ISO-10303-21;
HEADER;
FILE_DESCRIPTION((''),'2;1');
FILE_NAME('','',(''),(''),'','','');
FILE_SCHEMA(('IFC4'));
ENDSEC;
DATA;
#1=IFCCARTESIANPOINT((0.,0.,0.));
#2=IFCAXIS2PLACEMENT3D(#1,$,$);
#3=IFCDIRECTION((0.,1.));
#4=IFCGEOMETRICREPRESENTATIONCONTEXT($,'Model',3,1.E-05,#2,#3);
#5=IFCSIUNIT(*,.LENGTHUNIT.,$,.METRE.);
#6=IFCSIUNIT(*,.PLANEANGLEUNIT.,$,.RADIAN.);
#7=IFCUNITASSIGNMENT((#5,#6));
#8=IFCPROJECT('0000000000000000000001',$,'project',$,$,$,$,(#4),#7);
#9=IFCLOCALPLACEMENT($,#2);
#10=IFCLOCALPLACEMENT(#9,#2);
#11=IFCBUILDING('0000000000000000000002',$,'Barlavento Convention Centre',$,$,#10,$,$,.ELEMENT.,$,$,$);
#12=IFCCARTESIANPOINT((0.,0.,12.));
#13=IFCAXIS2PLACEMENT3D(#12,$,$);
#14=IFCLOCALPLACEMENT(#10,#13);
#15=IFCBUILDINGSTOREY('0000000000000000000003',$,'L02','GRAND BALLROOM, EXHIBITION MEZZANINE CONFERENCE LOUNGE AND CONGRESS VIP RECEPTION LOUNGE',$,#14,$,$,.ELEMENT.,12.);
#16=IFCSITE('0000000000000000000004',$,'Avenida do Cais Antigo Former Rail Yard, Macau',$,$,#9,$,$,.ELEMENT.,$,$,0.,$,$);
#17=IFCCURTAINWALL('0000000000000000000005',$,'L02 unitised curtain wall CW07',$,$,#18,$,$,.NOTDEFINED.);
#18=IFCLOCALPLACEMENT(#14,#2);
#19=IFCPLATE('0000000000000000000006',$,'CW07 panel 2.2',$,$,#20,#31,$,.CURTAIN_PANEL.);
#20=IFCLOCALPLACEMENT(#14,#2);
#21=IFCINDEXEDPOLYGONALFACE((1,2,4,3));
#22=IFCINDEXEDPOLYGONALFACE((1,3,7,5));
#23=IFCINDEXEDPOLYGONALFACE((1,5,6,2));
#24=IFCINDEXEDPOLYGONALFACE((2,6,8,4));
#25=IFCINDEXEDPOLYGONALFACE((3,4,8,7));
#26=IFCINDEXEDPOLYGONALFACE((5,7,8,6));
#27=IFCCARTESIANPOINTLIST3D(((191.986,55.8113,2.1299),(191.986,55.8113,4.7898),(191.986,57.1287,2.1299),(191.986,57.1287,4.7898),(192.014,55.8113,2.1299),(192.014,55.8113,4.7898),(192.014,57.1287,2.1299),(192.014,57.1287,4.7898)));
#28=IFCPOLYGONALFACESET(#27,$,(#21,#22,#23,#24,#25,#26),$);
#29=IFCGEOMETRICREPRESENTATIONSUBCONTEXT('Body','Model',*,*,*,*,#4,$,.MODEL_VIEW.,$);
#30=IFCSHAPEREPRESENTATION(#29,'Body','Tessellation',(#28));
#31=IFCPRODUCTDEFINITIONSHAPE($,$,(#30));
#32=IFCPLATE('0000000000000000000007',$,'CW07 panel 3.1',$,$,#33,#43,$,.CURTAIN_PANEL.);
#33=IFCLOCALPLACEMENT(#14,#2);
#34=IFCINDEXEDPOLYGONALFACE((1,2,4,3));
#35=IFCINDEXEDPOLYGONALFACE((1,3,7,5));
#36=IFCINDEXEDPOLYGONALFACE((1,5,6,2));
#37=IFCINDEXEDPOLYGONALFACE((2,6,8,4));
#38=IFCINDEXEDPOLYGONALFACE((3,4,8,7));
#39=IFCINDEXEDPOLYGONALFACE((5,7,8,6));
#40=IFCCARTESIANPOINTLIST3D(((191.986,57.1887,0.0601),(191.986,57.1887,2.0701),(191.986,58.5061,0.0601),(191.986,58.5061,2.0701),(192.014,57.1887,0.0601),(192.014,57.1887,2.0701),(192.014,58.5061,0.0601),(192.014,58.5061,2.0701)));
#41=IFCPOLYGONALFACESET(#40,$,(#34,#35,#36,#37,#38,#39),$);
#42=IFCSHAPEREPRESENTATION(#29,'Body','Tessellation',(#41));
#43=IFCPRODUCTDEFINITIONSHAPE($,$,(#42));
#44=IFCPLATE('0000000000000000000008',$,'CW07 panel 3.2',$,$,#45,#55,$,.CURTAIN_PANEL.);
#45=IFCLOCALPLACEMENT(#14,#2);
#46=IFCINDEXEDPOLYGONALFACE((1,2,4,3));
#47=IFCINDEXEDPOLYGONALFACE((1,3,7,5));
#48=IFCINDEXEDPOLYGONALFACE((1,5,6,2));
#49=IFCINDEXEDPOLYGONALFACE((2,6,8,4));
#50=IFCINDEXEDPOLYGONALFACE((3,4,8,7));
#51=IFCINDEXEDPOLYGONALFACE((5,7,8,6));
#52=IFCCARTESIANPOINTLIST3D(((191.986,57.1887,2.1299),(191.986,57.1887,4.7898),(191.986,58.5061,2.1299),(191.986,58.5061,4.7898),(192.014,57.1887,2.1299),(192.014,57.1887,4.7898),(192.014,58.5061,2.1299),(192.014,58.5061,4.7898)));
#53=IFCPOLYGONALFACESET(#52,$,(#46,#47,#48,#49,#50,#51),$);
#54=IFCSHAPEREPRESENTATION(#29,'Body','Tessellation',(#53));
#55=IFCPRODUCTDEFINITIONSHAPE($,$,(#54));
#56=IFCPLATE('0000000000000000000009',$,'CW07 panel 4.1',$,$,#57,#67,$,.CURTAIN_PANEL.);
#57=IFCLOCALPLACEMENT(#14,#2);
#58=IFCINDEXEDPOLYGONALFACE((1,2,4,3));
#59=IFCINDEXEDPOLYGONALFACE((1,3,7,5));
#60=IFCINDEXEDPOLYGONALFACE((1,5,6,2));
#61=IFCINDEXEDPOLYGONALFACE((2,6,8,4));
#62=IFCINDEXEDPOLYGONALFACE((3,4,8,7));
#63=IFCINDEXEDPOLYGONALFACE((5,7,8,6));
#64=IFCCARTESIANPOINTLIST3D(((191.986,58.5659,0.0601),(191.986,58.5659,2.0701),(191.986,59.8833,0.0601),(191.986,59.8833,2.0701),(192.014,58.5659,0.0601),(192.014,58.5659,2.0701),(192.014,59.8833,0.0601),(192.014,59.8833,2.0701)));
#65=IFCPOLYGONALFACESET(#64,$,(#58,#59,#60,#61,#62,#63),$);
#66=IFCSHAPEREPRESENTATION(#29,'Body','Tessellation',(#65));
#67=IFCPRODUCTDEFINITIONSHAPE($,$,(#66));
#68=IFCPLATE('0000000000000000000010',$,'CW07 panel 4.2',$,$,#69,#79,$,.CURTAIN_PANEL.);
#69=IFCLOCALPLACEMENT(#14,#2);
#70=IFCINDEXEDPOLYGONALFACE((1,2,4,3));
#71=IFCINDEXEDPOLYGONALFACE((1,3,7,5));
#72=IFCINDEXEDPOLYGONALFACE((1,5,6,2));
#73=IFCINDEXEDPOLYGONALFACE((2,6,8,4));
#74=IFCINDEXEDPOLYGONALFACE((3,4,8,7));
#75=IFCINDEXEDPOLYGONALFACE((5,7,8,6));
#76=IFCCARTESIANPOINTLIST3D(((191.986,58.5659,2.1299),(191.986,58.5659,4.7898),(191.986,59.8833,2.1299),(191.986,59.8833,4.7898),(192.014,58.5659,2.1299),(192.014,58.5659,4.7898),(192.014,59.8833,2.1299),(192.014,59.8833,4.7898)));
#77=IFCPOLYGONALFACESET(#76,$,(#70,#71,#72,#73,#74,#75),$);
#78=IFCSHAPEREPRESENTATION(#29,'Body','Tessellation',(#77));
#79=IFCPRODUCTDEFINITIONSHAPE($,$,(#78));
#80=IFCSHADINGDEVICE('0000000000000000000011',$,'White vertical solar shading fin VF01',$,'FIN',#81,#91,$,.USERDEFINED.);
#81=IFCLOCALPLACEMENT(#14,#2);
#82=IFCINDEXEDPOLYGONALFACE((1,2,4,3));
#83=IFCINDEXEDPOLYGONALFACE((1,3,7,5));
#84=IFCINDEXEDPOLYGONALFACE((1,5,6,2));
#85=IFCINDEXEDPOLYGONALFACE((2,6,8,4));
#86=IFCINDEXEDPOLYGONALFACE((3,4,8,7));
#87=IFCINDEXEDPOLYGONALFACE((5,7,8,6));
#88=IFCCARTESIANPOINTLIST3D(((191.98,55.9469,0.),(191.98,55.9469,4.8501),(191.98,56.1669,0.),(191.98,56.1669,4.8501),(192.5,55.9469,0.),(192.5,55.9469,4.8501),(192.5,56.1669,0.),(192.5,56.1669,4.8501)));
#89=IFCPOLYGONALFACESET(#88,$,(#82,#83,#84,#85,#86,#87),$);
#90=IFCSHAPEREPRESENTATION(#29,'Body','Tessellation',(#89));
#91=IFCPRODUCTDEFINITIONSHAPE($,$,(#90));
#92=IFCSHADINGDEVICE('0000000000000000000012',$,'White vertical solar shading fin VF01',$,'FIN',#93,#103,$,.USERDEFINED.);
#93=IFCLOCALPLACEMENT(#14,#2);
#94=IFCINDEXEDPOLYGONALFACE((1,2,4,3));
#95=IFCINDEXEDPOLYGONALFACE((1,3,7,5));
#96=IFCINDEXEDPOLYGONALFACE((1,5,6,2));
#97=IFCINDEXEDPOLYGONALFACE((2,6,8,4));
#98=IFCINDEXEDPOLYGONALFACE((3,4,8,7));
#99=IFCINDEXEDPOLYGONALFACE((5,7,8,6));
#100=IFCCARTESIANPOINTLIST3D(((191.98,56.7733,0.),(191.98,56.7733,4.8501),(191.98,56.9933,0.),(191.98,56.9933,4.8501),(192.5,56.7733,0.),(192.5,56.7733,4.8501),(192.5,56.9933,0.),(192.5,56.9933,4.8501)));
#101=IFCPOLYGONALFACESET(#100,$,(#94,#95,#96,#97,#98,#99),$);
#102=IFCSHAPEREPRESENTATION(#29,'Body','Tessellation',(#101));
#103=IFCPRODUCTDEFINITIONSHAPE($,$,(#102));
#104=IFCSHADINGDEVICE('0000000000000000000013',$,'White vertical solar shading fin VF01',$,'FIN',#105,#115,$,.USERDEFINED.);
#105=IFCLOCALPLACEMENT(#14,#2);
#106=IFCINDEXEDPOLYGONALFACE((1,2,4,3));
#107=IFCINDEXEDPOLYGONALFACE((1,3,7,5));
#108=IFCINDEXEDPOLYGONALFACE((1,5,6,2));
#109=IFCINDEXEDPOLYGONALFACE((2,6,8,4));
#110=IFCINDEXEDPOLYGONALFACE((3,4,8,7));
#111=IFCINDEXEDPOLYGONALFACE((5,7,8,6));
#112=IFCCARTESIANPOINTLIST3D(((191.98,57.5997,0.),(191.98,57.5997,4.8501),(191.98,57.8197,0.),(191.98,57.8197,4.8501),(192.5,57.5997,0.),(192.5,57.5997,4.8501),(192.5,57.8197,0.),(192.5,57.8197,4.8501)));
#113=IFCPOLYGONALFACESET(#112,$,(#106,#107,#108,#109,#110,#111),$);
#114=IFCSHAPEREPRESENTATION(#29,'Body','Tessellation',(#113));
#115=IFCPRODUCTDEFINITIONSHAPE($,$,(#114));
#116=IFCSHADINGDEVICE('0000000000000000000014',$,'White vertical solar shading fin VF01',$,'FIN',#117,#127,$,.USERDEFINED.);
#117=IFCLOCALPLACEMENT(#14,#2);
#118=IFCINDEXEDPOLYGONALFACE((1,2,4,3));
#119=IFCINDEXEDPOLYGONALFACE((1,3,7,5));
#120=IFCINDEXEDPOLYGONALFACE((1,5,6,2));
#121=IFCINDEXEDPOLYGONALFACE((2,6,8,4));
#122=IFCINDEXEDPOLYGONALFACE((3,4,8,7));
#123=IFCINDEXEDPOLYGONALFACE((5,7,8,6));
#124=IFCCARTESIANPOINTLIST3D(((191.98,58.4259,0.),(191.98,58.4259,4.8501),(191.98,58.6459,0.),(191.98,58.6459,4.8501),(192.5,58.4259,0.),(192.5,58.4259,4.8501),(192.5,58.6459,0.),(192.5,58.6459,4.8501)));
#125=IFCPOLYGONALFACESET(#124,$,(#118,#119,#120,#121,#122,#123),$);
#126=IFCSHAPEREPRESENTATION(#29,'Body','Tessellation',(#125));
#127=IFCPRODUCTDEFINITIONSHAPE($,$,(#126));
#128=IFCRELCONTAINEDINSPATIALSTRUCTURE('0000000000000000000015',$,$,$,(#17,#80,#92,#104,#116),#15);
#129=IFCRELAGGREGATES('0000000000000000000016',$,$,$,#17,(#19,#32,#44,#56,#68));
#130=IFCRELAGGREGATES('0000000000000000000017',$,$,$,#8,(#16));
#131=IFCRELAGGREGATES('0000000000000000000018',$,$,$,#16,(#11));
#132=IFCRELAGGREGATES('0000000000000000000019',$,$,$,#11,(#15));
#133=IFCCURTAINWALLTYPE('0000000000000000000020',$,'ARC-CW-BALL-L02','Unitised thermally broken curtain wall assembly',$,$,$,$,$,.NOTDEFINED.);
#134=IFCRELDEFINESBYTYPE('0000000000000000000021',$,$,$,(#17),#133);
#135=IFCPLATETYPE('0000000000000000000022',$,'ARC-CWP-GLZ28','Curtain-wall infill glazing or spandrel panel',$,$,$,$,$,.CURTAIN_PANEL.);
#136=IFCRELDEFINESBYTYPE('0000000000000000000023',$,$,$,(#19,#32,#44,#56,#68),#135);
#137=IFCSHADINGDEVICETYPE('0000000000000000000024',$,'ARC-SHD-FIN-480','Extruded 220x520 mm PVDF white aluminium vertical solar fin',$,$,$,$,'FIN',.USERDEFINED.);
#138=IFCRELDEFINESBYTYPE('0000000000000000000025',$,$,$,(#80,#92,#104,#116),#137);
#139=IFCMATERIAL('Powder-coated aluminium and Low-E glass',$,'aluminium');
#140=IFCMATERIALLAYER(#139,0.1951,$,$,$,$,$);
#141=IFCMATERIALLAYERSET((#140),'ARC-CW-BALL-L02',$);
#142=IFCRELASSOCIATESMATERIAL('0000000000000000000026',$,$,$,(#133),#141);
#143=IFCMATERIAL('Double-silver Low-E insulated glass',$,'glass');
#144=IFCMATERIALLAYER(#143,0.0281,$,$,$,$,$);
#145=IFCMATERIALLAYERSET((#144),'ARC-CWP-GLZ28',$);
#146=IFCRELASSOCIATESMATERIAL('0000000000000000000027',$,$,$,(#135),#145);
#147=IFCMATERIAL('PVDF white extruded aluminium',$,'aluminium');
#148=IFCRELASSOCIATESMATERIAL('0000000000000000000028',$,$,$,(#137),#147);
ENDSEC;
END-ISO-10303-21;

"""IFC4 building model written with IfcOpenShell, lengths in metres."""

from ifc_helpers import new_model, si_unit, direction, frame, origin, origin_2d, place, context, subcontext, project, spatial, rectangle, extrude, material, layer, layer_set, type_object, element, aggregate, save


model = new_model("IFC4")

# Units and contexts
model_context = context("Model", 3, precision=1e-05, world=origin(), true_north=direction((0.0, 1.0)))
body_context = subcontext(model_context, "Body", "Model", "MODEL_VIEW")
ifc_project = project(units=[si_unit("LENGTHUNIT", "METRE"), si_unit("PLANEANGLEUNIT", "RADIAN")], contexts=[model_context])

# Site, building, storey
site_placement = place(None, origin())
site = spatial("IfcSite", under=ifc_project, at=site_placement, Name="Avenida do Cais Antigo Former Rail Yard, Macau", CompositionType="ELEMENT", RefElevation=0.0)
building_placement = place(site_placement, origin())
building = spatial("IfcBuilding", under=site, at=building_placement, Name="Barlavento Convention Centre", CompositionType="ELEMENT")
storey_placement = place(building_placement, frame((0.0, 0.0, 12.0)))
storey = spatial("IfcBuildingStorey", under=building, at=storey_placement, Name="L02", Description="GRAND BALLROOM, EXHIBITION MEZZANINE CONFERENCE LOUNGE AND CONGRESS VIP RECEPTION LOUNGE", CompositionType="ELEMENT", Elevation=12.0)

# Curtain wall, plates
ifc_material_1 = material(Name="Powder-coated aluminium and Low-E glass", Category="aluminium")
ifc_layer_1 = layer(ifc_material_1, 0.1951)
ifc_layer_set_1 = layer_set([ifc_layer_1], Name="ARC-CW-BALL-L02")
curtain_wall_type = type_object("IfcCurtainWallType", Name="ARC-CW-BALL-L02", Description="Unitised thermally broken curtain wall assembly", PredefinedType="NOTDEFINED", material=ifc_layer_set_1)
curtain_wall_placement = place(storey_placement, origin())
curtain_wall = element("IfcCurtainWall", 1, at=curtain_wall_placement, inside=storey, type_object=curtain_wall_type, Name="L02 unitised curtain wall CW07", PredefinedType="NOTDEFINED")
ifc_material_2 = material(Name="Double-silver Low-E insulated glass", Category="glass")
ifc_layer_2 = layer(ifc_material_2, 0.0281)
ifc_layer_set_2 = layer_set([ifc_layer_2], Name="ARC-CWP-GLZ28")
plate_type = type_object("IfcPlateType", Name="ARC-CWP-GLZ28", Description="Curtain-wall infill glazing or spandrel panel", PredefinedType="CURTAIN_PANEL", material=ifc_layer_set_2)
plate_1_placement = place(storey_placement, frame((192.0, 56.47, 2.1299), z_axis=(0.0, 0.0, 1.0), x_axis=(0.0, 1.0, 0.0)))
plate_1 = element("IfcPlate", 2, at=plate_1_placement, type_object=plate_type, Name="CW07 panel 2.2", PredefinedType="CURTAIN_PANEL", context=body_context, shape_type="SweptSolid", body=[
    extrude(rectangle(XDim=1.3174, YDim=0.0281, at=origin_2d()), origin(), (0.0, 0.0, 1.0), 2.6599),
])
plate_2_placement = place(storey_placement, frame((192.0, 57.8474, 0.0601), z_axis=(0.0, 0.0, 1.0), x_axis=(0.0, 1.0, 0.0)))
plate_2 = element("IfcPlate", 3, at=plate_2_placement, type_object=plate_type, Name="CW07 panel 3.1", PredefinedType="CURTAIN_PANEL", context=body_context, shape_type="SweptSolid", body=[
    extrude(rectangle(XDim=1.3174, YDim=0.0281, at=origin_2d()), origin(), (0.0, 0.0, 1.0), 2.01),
])
plate_3_placement = place(storey_placement, frame((192.0, 57.8474, 2.1299), z_axis=(0.0, 0.0, 1.0), x_axis=(0.0, 1.0, 0.0)))
plate_3 = element("IfcPlate", 4, at=plate_3_placement, type_object=plate_type, Name="CW07 panel 3.2", PredefinedType="CURTAIN_PANEL", context=body_context, shape_type="SweptSolid", body=[
    extrude(rectangle(XDim=1.3174, YDim=0.0281, at=origin_2d()), origin(), (0.0, 0.0, 1.0), 2.6599),
])
plate_4_placement = place(storey_placement, frame((192.0, 59.2246, 0.0601), z_axis=(0.0, 0.0, 1.0), x_axis=(0.0, 1.0, 0.0)))
plate_4 = element("IfcPlate", 5, at=plate_4_placement, type_object=plate_type, Name="CW07 panel 4.1", PredefinedType="CURTAIN_PANEL", context=body_context, shape_type="SweptSolid", body=[
    extrude(rectangle(XDim=1.3174, YDim=0.0281, at=origin_2d()), origin(), (0.0, 0.0, 1.0), 2.01),
])
plate_5_placement = place(storey_placement, frame((192.0, 59.2246, 2.1299), z_axis=(0.0, 0.0, 1.0), x_axis=(0.0, 1.0, 0.0)))
plate_5 = element("IfcPlate", 6, at=plate_5_placement, type_object=plate_type, Name="CW07 panel 4.2", PredefinedType="CURTAIN_PANEL", context=body_context, shape_type="SweptSolid", body=[
    extrude(rectangle(XDim=1.3174, YDim=0.0281, at=origin_2d()), origin(), (0.0, 0.0, 1.0), 2.6599),
])
aggregate(curtain_wall, [plate_1, plate_2, plate_3, plate_4, plate_5])

# Shading devices
ifc_material_3 = material(Name="PVDF white extruded aluminium", Category="aluminium")
shading_device_type = type_object("IfcShadingDeviceType", Name="ARC-SHD-FIN-480", Description="Extruded 220x520 mm PVDF white aluminium vertical solar fin", ElementType="FIN", PredefinedType="USERDEFINED", material=ifc_material_3)
for number, where, z_axis, x_axis, name in (
    (7, (192.24, 56.0569, 0.0), (0.0, 0.0, 1.0), (0.0, 1.0, 0.0), "White vertical solar shading fin VF01"),
    (8, (192.24, 56.8833, 0.0), (0.0, 0.0, 1.0), (0.0, 1.0, 0.0), "White vertical solar shading fin VF01"),
    (9, (192.24, 57.7097, 0.0), (0.0, 0.0, 1.0), (0.0, 1.0, 0.0), "White vertical solar shading fin VF01"),
    (10, (192.24, 58.5359, 0.0), (0.0, 0.0, 1.0), (0.0, 1.0, 0.0), "White vertical solar shading fin VF01"),
):
    element("IfcShadingDevice", number, at=place(storey_placement, frame(where, z_axis=z_axis, x_axis=x_axis)), inside=storey, type_object=shading_device_type, Name=name, ObjectType="FIN", PredefinedType="USERDEFINED", context=body_context, shape_type="SweptSolid", body=[
        extrude(rectangle(XDim=0.22, YDim=0.52, at=origin_2d()), origin(), (0.0, 0.0, 1.0), 4.8501),
    ])

save(model, "model.ifc")
